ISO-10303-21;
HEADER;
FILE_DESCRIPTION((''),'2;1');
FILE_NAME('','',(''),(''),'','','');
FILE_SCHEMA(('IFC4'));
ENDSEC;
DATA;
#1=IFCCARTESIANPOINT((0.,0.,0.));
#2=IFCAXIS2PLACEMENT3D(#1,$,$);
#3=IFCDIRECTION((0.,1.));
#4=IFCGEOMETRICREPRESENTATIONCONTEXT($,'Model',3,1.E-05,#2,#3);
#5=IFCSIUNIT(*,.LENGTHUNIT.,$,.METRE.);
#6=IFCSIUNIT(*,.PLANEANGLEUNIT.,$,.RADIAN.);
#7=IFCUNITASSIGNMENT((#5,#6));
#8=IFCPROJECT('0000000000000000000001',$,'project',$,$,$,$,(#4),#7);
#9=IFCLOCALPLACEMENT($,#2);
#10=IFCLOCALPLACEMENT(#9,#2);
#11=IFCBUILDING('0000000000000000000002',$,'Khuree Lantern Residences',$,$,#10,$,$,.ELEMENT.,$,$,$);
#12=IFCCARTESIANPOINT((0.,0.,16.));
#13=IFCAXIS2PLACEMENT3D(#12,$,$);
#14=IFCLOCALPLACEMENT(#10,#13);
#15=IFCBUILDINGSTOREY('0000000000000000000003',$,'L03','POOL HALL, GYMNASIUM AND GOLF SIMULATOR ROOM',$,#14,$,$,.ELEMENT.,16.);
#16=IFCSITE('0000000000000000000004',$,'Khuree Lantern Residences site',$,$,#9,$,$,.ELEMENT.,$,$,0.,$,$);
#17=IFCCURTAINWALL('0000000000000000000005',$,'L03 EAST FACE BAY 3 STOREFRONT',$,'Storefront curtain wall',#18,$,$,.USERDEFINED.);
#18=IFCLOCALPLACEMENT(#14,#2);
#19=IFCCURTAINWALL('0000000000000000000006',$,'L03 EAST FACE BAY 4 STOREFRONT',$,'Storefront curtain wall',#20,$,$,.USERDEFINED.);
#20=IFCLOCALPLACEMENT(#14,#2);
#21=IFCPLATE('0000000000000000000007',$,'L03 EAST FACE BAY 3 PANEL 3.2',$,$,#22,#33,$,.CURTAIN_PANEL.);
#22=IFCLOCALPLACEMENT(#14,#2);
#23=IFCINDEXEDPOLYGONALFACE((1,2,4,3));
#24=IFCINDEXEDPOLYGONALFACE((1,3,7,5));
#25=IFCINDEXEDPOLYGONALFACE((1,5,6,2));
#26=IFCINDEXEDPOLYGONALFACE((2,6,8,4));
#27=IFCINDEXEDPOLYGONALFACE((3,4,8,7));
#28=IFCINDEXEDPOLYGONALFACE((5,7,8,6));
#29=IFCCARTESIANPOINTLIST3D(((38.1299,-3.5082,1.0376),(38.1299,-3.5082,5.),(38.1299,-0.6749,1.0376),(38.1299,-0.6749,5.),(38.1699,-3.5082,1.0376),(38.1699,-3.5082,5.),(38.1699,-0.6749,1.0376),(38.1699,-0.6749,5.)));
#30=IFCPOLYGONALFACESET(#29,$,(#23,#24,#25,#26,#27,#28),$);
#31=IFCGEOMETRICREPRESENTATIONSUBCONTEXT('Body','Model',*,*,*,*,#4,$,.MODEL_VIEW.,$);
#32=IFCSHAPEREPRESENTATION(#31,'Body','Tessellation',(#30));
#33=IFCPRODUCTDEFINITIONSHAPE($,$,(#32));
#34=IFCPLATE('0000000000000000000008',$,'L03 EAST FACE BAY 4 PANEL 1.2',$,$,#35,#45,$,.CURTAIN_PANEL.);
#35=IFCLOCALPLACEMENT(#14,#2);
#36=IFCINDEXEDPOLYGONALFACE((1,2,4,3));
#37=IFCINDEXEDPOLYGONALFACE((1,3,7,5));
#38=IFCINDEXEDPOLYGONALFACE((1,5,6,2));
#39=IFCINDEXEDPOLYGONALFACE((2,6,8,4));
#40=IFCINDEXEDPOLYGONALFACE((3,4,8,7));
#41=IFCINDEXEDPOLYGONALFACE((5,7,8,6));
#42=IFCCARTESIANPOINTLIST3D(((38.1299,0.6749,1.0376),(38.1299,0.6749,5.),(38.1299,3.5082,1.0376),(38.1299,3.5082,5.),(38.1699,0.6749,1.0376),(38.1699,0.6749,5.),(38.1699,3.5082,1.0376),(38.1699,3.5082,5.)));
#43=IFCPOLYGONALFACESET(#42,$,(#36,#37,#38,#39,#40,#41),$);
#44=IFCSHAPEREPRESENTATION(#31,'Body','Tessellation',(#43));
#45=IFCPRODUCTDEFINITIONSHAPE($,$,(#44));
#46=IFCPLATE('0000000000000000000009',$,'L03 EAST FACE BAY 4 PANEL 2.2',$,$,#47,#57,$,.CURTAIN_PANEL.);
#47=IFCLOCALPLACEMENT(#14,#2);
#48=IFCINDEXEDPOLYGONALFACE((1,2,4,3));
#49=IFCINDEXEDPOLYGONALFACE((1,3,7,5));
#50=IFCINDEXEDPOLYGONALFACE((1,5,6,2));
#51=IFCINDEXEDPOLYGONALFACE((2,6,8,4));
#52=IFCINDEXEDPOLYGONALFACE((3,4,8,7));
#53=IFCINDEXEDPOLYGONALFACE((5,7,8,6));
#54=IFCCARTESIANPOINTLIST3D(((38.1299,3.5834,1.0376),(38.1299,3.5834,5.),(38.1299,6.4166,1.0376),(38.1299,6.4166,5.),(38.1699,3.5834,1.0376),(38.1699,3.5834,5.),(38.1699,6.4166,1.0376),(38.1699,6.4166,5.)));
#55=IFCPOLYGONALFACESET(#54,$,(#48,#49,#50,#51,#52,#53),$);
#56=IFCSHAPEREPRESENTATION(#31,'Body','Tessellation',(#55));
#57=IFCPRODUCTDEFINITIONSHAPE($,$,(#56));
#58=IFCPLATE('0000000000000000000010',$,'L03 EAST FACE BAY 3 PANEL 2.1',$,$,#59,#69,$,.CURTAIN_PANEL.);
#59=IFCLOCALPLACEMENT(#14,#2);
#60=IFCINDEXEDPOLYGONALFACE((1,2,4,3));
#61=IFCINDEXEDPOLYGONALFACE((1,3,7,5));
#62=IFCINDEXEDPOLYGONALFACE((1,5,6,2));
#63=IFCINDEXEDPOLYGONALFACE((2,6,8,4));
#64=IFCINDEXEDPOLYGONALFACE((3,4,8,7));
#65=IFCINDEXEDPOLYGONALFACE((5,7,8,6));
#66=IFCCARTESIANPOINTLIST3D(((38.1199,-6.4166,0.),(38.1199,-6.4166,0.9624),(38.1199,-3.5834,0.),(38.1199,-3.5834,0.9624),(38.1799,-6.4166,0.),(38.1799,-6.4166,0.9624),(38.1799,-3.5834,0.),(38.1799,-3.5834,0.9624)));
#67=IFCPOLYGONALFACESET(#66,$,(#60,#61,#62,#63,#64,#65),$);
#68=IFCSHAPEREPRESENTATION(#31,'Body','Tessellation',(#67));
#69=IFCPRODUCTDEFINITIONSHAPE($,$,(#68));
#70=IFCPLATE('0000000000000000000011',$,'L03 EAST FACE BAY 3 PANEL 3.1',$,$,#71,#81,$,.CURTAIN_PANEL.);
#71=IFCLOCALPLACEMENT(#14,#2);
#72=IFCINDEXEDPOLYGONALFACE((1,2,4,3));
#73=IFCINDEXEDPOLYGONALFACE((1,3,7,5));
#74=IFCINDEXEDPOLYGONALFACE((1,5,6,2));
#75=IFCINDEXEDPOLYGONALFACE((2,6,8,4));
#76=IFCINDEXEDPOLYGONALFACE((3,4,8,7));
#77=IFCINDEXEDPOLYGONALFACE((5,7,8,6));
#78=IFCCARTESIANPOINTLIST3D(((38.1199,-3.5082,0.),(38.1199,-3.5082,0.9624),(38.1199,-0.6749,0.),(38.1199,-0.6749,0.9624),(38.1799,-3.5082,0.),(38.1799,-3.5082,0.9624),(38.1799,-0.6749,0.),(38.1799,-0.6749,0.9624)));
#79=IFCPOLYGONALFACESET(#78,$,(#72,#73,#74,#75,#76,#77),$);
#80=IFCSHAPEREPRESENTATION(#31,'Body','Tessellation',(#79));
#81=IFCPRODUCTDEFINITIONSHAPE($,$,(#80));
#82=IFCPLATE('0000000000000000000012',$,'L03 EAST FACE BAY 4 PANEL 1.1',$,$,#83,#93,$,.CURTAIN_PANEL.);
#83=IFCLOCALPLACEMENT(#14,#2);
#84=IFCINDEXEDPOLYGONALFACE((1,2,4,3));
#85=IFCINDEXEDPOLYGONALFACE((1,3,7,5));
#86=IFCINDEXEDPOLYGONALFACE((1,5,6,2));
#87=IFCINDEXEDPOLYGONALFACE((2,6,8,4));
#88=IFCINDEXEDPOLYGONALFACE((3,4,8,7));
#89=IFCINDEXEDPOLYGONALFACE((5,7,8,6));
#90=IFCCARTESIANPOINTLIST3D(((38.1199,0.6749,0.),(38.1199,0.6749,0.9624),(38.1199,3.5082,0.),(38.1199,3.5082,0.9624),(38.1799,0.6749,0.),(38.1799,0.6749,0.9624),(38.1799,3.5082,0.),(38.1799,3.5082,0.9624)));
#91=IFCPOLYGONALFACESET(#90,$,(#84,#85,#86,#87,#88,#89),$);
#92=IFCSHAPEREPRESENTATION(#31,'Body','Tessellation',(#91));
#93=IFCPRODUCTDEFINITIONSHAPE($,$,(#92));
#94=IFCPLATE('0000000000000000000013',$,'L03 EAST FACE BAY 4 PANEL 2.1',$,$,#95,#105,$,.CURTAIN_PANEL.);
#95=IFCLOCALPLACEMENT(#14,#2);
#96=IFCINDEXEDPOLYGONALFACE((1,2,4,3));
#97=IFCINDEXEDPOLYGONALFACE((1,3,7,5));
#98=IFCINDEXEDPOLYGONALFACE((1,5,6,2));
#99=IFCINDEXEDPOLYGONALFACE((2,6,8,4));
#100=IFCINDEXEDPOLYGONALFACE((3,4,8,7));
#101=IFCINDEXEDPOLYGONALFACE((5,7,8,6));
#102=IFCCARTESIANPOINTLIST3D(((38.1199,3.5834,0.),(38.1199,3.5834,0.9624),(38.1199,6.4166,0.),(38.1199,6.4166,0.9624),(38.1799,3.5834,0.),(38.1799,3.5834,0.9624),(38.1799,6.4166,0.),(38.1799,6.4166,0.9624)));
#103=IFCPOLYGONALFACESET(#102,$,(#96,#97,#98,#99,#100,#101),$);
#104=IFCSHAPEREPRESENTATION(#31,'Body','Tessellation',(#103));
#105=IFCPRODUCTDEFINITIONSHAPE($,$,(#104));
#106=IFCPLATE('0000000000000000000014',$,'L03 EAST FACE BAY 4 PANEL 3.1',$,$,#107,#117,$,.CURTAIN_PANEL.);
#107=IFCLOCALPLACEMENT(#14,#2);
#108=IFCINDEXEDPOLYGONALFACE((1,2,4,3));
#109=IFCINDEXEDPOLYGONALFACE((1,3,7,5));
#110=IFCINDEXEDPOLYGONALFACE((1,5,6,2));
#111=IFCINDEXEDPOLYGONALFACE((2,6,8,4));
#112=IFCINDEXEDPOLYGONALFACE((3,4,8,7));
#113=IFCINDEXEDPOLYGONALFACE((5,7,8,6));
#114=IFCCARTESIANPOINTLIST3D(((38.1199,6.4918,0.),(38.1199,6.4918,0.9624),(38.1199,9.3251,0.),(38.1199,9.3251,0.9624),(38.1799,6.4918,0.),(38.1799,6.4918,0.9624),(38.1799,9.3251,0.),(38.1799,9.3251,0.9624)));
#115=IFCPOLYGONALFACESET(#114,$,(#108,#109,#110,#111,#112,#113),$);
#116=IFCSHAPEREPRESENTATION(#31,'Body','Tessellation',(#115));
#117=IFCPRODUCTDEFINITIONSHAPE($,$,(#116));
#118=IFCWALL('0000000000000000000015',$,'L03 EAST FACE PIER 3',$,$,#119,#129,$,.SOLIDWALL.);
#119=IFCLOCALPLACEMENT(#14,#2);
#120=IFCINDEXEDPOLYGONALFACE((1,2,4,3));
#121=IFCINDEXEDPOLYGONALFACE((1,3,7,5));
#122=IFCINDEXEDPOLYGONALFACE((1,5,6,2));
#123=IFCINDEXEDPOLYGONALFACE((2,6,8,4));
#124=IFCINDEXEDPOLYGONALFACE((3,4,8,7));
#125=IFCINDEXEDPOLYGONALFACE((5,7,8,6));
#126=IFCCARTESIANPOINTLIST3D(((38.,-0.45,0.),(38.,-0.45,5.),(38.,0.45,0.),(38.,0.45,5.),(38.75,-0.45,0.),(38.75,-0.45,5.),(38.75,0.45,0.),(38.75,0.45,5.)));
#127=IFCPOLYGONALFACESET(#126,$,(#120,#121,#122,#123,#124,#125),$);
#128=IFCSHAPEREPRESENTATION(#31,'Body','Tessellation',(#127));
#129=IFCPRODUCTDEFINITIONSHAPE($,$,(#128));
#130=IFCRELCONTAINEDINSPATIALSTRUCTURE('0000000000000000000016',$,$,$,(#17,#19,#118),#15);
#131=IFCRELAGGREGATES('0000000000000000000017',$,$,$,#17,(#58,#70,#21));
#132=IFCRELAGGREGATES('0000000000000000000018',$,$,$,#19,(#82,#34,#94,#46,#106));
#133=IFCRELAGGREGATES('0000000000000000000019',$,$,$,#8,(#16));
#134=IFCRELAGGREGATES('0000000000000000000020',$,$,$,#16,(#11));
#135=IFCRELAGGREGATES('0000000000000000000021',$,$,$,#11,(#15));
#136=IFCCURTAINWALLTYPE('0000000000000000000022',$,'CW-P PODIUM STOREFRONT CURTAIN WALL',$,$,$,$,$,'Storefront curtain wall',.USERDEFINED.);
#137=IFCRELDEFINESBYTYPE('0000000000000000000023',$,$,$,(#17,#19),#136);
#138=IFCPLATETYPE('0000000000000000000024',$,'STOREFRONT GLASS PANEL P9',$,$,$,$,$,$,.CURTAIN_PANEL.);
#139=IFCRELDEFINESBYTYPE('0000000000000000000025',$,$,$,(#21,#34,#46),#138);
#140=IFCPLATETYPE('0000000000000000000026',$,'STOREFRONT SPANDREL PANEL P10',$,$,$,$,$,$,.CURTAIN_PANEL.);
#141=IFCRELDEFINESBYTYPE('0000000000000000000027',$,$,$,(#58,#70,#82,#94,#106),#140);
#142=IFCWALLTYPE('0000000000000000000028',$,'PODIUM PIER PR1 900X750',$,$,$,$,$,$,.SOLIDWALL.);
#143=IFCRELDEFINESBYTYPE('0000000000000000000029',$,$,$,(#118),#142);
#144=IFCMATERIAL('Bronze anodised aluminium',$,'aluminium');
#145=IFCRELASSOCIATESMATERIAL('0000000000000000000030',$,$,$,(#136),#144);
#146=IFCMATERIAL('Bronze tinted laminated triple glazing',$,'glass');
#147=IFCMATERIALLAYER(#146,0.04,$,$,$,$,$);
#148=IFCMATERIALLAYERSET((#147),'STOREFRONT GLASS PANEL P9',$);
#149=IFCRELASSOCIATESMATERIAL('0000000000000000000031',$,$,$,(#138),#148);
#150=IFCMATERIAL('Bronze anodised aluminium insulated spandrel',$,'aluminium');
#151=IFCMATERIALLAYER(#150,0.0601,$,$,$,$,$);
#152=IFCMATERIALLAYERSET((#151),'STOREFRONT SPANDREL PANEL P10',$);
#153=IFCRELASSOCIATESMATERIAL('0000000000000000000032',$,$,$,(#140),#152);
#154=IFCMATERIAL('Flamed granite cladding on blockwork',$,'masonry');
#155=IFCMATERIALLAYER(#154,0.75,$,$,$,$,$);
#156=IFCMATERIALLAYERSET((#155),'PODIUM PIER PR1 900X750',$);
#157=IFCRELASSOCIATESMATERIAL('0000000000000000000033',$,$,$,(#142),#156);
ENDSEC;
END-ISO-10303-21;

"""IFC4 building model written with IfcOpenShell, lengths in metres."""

from ifc_helpers import new_model, si_unit, direction, frame, frame_2d, origin, origin_2d, place, context, subcontext, project, spatial, rectangle, extrude, material, layer, layer_set, type_object, element, aggregate, save


model = new_model("IFC4")

# Units and contexts
model_context = context("Model", 3, precision=1e-05, world=origin(), true_north=direction((0.0, 1.0)))
body_context = subcontext(model_context, "Body", "Model", "MODEL_VIEW")
ifc_project = project(units=[si_unit("LENGTHUNIT", "METRE"), si_unit("PLANEANGLEUNIT", "RADIAN")], contexts=[model_context])

# Site, building, storey
site_placement = place(None, origin())
site = spatial("IfcSite", under=ifc_project, at=site_placement, Name="Khuree Lantern Residences site", CompositionType="ELEMENT", RefElevation=0.0)
building_placement = place(site_placement, origin())
building = spatial("IfcBuilding", under=site, at=building_placement, Name="Khuree Lantern Residences", CompositionType="ELEMENT")
storey_placement = place(building_placement, frame((0.0, 0.0, 16.0)))
storey = spatial("IfcBuildingStorey", under=building, at=storey_placement, Name="L03", Description="POOL HALL, GYMNASIUM AND GOLF SIMULATOR ROOM", CompositionType="ELEMENT", Elevation=16.0)

# Curtain walls
ifc_material_1 = material(Name="Bronze anodised aluminium", Category="aluminium")
curtain_wall_type = type_object("IfcCurtainWallType", Name="CW-P PODIUM STOREFRONT CURTAIN WALL", ElementType="Storefront curtain wall", PredefinedType="USERDEFINED", material=ifc_material_1)
curtain_wall_1_placement = place(storey_placement, origin())
curtain_wall_1 = element("IfcCurtainWall", 1, at=curtain_wall_1_placement, inside=storey, type_object=curtain_wall_type, Name="L03 EAST FACE BAY 3 STOREFRONT", ObjectType="Storefront curtain wall", PredefinedType="USERDEFINED")
curtain_wall_2_placement = place(storey_placement, origin())
curtain_wall_2 = element("IfcCurtainWall", 2, at=curtain_wall_2_placement, inside=storey, type_object=curtain_wall_type, Name="L03 EAST FACE BAY 4 STOREFRONT", ObjectType="Storefront curtain wall", PredefinedType="USERDEFINED")

# Plates
ifc_material_2 = material(Name="Bronze tinted laminated triple glazing", Category="glass")
ifc_layer_1 = layer(ifc_material_2, 0.04)
ifc_layer_set_1 = layer_set([ifc_layer_1], Name="STOREFRONT GLASS PANEL P9")
plate_type_1 = type_object("IfcPlateType", Name="STOREFRONT GLASS PANEL P9", PredefinedType="CURTAIN_PANEL", material=ifc_layer_set_1)
plate_1_placement = place(storey_placement, frame((38.1499, -2.0916, 1.0376), z_axis=(0.0, 0.0, 1.0), x_axis=(0.0, 1.0, 0.0)))
plate_1 = element("IfcPlate", 3, at=plate_1_placement, type_object=plate_type_1, Name="L03 EAST FACE BAY 3 PANEL 3.2", PredefinedType="CURTAIN_PANEL", context=body_context, shape_type="SweptSolid", body=[
    extrude(rectangle(XDim=2.8333, YDim=0.04, at=origin_2d()), origin(), (0.0, 0.0, 1.0), 3.9624),
])
plate_2_placement = place(storey_placement, frame((38.1499, 2.0916, 1.0376), z_axis=(0.0, 0.0, 1.0), x_axis=(0.0, 1.0, 0.0)))
plate_2 = element("IfcPlate", 4, at=plate_2_placement, type_object=plate_type_1, Name="L03 EAST FACE BAY 4 PANEL 1.2", PredefinedType="CURTAIN_PANEL", context=body_context, shape_type="SweptSolid", body=[
    extrude(rectangle(XDim=2.8333, YDim=0.04, at=origin_2d()), origin(), (0.0, 0.0, 1.0), 3.9624),
])
plate_3_placement = place(storey_placement, frame((38.1499, 5.0, 1.0376), z_axis=(0.0, 0.0, 1.0), x_axis=(0.0, 1.0, 0.0)))
plate_3 = element("IfcPlate", 5, at=plate_3_placement, type_object=plate_type_1, Name="L03 EAST FACE BAY 4 PANEL 2.2", PredefinedType="CURTAIN_PANEL", context=body_context, shape_type="SweptSolid", body=[
    extrude(rectangle(XDim=2.8333, YDim=0.04, at=origin_2d()), origin(), (0.0, 0.0, 1.0), 3.9624),
])
ifc_material_3 = material(Name="Bronze anodised aluminium insulated spandrel", Category="aluminium")
ifc_layer_2 = layer(ifc_material_3, 0.0601)
ifc_layer_set_2 = layer_set([ifc_layer_2], Name="STOREFRONT SPANDREL PANEL P10")
plate_type_2 = type_object("IfcPlateType", Name="STOREFRONT SPANDREL PANEL P10", PredefinedType="CURTAIN_PANEL", material=ifc_layer_set_2)
plate_4_placement = place(storey_placement, frame((38.1499, -5.0, 0.0), z_axis=(0.0, 0.0, 1.0), x_axis=(0.0, 1.0, 0.0)))
plate_4 = element("IfcPlate", 6, at=plate_4_placement, type_object=plate_type_2, Name="L03 EAST FACE BAY 3 PANEL 2.1", PredefinedType="CURTAIN_PANEL", context=body_context, shape_type="SweptSolid", body=[
    extrude(rectangle(XDim=2.8333, YDim=0.0601, at=origin_2d()), origin(), (0.0, 0.0, 1.0), 0.9624),
])
plate_5_placement = place(storey_placement, frame((38.1499, -2.0916, 0.0), z_axis=(0.0, 0.0, 1.0), x_axis=(0.0, 1.0, 0.0)))
plate_5 = element("IfcPlate", 7, at=plate_5_placement, type_object=plate_type_2, Name="L03 EAST FACE BAY 3 PANEL 3.1", PredefinedType="CURTAIN_PANEL", context=body_context, shape_type="SweptSolid", body=[
    extrude(rectangle(XDim=2.8333, YDim=0.0601, at=origin_2d()), origin(), (0.0, 0.0, 1.0), 0.9624),
])
aggregate(curtain_wall_1, [plate_4, plate_5, plate_1])
plate_6_placement = place(storey_placement, frame((38.1499, 2.0916, 0.0), z_axis=(0.0, 0.0, 1.0), x_axis=(0.0, 1.0, 0.0)))
plate_6 = element("IfcPlate", 8, at=plate_6_placement, type_object=plate_type_2, Name="L03 EAST FACE BAY 4 PANEL 1.1", PredefinedType="CURTAIN_PANEL", context=body_context, shape_type="SweptSolid", body=[
    extrude(rectangle(XDim=2.8333, YDim=0.0601, at=origin_2d()), origin(), (0.0, 0.0, 1.0), 0.9624),
])
plate_7_placement = place(storey_placement, frame((38.1499, 5.0, 0.0), z_axis=(0.0, 0.0, 1.0), x_axis=(0.0, 1.0, 0.0)))
plate_7 = element("IfcPlate", 9, at=plate_7_placement, type_object=plate_type_2, Name="L03 EAST FACE BAY 4 PANEL 2.1", PredefinedType="CURTAIN_PANEL", context=body_context, shape_type="SweptSolid", body=[
    extrude(rectangle(XDim=2.8333, YDim=0.0601, at=origin_2d()), origin(), (0.0, 0.0, 1.0), 0.9624),
])
plate_8_placement = place(storey_placement, frame((38.1499, 7.9084, 0.0), z_axis=(0.0, 0.0, 1.0), x_axis=(0.0, 1.0, 0.0)))
plate_8 = element("IfcPlate", 10, at=plate_8_placement, type_object=plate_type_2, Name="L03 EAST FACE BAY 4 PANEL 3.1", PredefinedType="CURTAIN_PANEL", context=body_context, shape_type="SweptSolid", body=[
    extrude(rectangle(XDim=2.8333, YDim=0.0601, at=origin_2d()), origin(), (0.0, 0.0, 1.0), 0.9624),
])
aggregate(curtain_wall_2, [plate_6, plate_2, plate_7, plate_3, plate_8])

# Wall
ifc_material_4 = material(Name="Flamed granite cladding on blockwork", Category="masonry")
ifc_layer_3 = layer(ifc_material_4, 0.75)
ifc_layer_set_3 = layer_set([ifc_layer_3], Name="PODIUM PIER PR1 900X750")
wall_type = type_object("IfcWallType", Name="PODIUM PIER PR1 900X750", PredefinedType="SOLIDWALL", material=ifc_layer_set_3)
wall_placement = place(storey_placement, frame((38.375, -0.45, 0.0), z_axis=(0.0, 0.0, 1.0), x_axis=(0.0, 1.0, 0.0)))
element("IfcWall", 11, at=wall_placement, inside=storey, type_object=wall_type, Name="L03 EAST FACE PIER 3", PredefinedType="SOLIDWALL", context=body_context, shape_type="SweptSolid", body=[
    extrude(rectangle(XDim=0.8999, YDim=0.75, at=frame_2d((0.45, 0.0))), origin(), (0.0, 0.0, 1.0), 5.0),
])

save(model, "model.ifc")
